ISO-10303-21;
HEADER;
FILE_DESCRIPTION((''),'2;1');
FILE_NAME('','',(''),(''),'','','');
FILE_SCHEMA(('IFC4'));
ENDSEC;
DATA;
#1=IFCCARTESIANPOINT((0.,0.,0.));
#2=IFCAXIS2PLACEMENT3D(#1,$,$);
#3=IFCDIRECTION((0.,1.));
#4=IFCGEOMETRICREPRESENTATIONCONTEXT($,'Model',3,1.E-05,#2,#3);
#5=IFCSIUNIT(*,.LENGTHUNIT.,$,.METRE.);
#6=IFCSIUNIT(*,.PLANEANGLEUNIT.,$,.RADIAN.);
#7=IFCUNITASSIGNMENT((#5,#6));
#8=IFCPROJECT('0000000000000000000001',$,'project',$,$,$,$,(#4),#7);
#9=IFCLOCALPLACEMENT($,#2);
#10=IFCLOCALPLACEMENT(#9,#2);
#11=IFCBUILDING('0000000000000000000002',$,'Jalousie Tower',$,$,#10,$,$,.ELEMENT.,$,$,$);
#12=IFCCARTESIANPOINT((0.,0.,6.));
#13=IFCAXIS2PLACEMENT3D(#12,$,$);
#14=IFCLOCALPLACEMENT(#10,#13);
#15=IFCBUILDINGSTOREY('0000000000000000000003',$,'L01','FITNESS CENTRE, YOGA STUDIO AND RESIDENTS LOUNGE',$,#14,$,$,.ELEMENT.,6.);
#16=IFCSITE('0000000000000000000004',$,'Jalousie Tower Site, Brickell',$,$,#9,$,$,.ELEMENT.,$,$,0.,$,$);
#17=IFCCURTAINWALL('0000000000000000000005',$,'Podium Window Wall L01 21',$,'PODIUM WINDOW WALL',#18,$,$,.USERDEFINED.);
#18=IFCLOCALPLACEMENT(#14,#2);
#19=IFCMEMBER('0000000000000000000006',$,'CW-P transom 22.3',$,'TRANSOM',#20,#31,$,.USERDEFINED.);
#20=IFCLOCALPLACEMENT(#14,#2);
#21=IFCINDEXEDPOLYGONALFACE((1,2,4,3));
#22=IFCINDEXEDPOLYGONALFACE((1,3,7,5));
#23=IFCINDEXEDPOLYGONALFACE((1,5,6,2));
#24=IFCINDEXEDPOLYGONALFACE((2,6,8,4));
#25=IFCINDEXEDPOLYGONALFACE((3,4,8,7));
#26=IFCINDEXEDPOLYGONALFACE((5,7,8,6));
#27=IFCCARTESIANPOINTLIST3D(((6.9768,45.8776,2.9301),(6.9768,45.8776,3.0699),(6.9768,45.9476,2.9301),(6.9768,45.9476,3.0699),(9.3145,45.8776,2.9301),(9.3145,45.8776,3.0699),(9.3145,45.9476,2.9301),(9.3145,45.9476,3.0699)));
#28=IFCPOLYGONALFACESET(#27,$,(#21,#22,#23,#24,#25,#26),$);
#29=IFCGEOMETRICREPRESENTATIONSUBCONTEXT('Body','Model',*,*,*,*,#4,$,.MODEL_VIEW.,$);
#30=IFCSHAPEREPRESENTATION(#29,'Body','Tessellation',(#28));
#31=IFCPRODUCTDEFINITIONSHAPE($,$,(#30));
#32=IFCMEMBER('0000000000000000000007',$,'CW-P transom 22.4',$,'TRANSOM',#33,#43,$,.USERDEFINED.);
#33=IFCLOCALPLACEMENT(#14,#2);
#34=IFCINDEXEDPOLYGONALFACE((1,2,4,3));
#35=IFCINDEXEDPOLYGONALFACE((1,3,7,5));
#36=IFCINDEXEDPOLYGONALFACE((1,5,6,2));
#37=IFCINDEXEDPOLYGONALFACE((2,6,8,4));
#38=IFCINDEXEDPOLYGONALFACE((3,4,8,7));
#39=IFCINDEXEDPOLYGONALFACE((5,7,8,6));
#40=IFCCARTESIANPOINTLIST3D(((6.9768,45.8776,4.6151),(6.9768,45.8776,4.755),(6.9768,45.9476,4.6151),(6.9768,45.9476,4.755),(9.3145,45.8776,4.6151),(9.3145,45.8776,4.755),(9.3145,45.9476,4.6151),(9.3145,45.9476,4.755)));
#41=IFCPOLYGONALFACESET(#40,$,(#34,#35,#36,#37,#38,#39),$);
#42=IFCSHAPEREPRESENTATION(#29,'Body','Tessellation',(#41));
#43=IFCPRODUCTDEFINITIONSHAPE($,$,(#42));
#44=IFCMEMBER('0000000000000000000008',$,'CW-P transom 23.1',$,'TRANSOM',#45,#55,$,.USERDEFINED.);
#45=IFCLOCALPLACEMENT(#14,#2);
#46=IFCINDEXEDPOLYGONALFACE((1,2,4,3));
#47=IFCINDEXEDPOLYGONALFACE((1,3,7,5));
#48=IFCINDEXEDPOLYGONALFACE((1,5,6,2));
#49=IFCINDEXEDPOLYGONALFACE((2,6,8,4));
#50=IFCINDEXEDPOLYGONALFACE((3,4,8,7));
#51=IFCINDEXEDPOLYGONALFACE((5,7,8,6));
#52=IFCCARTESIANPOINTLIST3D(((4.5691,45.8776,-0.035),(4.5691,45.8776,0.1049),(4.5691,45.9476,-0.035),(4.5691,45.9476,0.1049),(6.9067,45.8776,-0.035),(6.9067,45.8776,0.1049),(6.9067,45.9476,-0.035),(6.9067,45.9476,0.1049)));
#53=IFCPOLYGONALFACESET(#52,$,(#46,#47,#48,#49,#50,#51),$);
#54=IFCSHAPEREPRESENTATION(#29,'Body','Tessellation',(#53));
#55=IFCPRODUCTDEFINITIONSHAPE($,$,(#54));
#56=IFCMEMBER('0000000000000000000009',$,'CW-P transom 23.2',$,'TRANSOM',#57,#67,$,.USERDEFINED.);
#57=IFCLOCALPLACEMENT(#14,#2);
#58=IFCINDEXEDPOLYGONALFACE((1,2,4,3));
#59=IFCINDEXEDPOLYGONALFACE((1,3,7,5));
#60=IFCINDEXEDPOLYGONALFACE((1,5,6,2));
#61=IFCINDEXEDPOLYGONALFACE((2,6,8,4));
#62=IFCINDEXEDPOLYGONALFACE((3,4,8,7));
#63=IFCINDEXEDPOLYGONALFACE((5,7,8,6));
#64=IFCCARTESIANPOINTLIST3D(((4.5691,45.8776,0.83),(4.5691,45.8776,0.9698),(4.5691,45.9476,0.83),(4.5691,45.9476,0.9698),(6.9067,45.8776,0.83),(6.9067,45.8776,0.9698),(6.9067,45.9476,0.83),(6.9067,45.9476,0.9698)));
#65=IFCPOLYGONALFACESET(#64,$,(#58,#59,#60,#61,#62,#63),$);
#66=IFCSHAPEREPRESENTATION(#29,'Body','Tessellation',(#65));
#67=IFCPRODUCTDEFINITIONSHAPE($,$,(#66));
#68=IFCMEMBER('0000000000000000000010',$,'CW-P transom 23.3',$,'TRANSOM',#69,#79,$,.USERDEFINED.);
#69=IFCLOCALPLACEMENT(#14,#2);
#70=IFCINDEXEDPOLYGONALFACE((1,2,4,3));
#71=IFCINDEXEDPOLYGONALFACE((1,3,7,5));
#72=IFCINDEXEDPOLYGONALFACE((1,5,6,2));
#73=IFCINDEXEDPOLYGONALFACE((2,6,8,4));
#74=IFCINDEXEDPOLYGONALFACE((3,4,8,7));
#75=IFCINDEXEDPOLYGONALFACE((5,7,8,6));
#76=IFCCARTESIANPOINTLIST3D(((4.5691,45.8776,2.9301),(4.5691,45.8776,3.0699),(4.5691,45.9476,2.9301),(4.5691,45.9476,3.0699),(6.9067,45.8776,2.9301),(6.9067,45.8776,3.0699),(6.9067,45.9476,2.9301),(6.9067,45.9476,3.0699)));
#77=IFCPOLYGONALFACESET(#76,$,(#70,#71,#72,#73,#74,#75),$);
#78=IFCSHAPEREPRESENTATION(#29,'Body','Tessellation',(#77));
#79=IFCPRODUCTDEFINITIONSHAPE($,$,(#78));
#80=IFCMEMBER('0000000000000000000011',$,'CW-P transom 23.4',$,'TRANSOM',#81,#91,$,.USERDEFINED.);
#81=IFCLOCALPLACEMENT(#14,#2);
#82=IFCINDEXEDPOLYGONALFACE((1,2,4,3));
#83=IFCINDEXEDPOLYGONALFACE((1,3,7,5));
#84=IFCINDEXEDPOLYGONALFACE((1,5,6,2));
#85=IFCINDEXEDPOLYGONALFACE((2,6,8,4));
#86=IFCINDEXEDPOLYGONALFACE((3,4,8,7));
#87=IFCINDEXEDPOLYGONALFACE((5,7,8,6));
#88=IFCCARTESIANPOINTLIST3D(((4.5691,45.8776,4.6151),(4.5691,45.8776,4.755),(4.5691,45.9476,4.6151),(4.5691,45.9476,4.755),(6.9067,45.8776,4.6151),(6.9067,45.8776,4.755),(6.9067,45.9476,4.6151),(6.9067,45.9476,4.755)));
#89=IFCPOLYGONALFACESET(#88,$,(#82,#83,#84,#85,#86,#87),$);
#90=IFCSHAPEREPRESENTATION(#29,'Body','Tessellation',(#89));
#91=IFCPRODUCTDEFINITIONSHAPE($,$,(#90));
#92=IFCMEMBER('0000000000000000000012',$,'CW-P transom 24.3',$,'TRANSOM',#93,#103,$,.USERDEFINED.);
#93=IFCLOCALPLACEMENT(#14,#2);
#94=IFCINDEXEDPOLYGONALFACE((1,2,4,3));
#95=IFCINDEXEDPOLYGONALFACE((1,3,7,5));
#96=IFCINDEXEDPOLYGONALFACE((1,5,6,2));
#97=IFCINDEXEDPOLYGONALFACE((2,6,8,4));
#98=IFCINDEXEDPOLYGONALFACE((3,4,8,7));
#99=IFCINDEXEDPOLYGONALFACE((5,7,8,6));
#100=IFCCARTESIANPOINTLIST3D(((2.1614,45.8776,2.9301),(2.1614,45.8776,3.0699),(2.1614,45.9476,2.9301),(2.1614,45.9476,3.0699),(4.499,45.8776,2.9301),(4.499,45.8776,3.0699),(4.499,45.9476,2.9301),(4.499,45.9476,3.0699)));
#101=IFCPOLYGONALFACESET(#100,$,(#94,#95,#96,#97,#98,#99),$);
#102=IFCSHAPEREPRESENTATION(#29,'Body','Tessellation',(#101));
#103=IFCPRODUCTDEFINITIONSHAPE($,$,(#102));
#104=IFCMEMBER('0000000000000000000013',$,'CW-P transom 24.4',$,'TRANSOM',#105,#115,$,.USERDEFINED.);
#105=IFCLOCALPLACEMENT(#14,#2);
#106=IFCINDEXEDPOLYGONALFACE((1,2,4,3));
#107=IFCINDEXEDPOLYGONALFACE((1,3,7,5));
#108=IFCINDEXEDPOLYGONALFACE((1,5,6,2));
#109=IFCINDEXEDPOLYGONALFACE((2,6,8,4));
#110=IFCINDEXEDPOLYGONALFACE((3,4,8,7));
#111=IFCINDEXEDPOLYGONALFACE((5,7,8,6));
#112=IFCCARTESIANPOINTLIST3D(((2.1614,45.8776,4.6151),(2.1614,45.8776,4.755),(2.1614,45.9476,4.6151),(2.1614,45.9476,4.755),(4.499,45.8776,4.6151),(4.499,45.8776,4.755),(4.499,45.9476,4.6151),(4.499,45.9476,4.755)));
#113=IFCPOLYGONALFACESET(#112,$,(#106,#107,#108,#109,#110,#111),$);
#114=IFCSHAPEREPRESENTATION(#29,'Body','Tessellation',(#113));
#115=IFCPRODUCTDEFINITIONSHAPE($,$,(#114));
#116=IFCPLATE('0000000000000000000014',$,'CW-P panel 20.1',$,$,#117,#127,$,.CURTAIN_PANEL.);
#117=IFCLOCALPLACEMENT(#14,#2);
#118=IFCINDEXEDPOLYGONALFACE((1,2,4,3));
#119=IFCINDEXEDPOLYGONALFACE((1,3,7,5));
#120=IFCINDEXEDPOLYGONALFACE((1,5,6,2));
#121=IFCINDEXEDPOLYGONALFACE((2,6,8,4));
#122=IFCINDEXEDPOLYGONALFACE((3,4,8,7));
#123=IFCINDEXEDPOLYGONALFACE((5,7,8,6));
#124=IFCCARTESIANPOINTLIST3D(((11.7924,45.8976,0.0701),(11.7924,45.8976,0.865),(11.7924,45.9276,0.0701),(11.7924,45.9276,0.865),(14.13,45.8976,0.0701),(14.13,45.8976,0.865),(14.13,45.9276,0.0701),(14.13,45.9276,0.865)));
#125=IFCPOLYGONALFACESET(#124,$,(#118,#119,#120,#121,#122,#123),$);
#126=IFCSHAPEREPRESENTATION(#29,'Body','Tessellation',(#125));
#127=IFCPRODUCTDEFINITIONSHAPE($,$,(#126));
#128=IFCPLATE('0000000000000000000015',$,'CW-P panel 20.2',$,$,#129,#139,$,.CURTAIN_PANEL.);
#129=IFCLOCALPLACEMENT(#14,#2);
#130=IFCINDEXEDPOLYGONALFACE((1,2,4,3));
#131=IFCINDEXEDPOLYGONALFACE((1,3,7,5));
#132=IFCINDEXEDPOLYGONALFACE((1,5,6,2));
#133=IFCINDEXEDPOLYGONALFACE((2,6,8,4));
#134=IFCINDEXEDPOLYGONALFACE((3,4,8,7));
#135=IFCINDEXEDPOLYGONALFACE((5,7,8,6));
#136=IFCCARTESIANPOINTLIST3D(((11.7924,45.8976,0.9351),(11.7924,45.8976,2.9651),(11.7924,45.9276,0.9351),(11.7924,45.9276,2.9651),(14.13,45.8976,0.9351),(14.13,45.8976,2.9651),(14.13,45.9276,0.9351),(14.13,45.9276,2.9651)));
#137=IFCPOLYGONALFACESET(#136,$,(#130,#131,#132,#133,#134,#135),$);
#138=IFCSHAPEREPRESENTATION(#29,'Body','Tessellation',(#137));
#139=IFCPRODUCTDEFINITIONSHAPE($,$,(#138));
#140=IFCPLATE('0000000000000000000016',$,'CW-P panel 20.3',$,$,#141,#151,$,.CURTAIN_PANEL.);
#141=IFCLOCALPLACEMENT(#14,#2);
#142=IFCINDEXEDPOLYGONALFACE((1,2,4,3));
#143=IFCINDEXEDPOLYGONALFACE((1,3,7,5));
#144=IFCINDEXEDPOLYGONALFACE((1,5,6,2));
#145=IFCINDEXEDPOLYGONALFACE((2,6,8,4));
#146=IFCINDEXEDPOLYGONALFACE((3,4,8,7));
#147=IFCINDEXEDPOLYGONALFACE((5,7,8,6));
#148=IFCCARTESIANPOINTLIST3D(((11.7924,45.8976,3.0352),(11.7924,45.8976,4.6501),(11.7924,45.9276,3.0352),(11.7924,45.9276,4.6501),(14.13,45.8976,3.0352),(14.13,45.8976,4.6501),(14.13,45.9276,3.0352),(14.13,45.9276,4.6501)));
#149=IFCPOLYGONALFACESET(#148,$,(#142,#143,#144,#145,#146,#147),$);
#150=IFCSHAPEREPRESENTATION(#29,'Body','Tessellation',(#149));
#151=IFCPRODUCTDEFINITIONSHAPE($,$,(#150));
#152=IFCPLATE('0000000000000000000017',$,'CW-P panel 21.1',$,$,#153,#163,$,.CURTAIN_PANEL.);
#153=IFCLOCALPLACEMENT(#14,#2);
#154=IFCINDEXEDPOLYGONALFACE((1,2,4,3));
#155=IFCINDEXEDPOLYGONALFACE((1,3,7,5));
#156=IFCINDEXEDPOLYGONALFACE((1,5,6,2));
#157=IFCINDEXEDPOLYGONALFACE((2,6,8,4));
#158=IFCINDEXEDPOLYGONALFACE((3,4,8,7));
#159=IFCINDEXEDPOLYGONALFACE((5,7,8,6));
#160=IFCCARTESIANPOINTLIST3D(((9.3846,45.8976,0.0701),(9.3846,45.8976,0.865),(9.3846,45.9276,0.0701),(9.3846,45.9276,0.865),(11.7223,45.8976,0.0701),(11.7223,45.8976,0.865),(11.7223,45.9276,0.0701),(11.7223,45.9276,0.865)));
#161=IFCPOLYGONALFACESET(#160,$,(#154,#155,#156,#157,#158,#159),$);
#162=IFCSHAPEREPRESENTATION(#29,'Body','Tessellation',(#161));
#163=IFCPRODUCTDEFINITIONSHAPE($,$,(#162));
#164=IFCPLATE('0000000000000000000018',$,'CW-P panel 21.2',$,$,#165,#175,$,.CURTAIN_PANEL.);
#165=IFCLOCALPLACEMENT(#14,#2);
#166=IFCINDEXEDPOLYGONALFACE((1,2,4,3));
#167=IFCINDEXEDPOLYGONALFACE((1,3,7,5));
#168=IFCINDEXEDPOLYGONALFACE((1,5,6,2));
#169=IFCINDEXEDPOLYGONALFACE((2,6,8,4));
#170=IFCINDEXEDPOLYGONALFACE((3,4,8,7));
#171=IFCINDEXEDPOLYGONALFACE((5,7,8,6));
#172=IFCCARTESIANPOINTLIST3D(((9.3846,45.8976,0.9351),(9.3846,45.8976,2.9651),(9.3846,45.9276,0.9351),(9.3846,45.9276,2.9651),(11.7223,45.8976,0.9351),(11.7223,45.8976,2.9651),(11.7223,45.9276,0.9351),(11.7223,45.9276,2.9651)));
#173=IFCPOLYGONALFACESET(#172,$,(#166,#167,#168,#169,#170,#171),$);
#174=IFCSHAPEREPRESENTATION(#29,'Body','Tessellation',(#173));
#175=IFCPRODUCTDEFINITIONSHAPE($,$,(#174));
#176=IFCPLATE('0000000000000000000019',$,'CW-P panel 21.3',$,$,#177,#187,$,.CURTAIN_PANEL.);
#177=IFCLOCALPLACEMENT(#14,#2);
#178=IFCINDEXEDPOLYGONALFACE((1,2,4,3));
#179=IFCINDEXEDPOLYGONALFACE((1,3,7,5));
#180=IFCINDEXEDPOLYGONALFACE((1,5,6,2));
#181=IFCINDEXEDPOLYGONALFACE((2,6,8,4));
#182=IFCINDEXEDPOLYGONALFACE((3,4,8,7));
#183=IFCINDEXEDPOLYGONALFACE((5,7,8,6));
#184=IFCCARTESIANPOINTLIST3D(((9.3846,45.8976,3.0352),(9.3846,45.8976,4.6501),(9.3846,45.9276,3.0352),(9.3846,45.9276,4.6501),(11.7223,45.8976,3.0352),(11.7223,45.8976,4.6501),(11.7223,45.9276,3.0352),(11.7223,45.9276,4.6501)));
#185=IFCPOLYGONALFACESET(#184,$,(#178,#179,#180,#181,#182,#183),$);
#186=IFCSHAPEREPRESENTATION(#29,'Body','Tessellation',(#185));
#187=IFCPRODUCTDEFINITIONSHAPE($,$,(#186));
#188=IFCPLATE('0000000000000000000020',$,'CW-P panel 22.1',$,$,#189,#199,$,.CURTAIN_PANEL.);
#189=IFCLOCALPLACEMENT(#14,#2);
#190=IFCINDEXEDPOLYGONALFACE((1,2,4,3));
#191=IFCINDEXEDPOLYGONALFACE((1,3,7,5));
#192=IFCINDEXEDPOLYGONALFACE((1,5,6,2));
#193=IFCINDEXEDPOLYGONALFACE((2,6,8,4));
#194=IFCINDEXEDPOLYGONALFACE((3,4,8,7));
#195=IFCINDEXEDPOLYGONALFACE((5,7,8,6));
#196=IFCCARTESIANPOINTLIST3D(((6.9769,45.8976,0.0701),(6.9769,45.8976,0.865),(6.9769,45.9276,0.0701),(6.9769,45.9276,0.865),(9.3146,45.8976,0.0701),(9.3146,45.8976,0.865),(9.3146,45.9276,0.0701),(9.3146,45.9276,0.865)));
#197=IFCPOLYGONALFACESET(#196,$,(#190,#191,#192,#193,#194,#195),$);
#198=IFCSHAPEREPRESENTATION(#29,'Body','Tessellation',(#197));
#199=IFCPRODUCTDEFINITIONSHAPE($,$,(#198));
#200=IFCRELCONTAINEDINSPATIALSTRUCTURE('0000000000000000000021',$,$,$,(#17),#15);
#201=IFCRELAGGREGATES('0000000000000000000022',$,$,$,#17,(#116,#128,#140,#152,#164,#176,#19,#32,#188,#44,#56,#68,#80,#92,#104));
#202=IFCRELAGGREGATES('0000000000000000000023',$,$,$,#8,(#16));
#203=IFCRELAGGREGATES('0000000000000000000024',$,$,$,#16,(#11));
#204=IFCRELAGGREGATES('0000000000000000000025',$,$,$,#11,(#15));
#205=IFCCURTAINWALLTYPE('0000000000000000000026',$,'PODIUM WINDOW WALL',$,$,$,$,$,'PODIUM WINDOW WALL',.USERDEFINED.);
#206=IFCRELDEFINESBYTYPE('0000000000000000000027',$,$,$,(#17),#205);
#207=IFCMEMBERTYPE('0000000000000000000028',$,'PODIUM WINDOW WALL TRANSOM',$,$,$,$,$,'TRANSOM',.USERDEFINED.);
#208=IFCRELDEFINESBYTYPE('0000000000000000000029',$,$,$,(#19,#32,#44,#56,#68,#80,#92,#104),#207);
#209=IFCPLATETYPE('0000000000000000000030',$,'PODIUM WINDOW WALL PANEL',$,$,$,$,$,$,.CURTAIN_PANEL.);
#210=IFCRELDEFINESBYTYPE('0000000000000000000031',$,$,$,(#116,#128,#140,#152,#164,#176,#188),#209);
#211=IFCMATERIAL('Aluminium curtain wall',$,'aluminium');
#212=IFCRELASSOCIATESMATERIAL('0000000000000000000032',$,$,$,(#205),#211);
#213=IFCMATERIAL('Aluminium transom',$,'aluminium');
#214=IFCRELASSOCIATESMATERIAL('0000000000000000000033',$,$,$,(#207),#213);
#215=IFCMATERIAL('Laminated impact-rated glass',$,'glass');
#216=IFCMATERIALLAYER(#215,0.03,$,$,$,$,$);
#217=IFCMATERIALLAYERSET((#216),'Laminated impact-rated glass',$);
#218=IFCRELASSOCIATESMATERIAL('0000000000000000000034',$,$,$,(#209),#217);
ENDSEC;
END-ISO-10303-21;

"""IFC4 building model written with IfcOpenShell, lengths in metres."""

from ifc_helpers import new_model, si_unit, direction, frame, origin, origin_2d, place, context, subcontext, project, spatial, rectangle, extrude, material, layer, layer_set, material_profile, profile_set, type_object, element, aggregate, save


model = new_model("IFC4")

# Units and contexts
model_context = context("Model", 3, precision=1e-05, world=origin(), true_north=direction((0.0, 1.0)))
body_context = subcontext(model_context, "Body", "Model", "MODEL_VIEW")
ifc_project = project(units=[si_unit("LENGTHUNIT", "METRE"), si_unit("PLANEANGLEUNIT", "RADIAN")], contexts=[model_context])

# Site, building, storey
site_placement = place(None, origin())
site = spatial("IfcSite", under=ifc_project, at=site_placement, Name="Jalousie Tower Site, Brickell", CompositionType="ELEMENT", RefElevation=0.0)
building_placement = place(site_placement, origin())
building = spatial("IfcBuilding", under=site, at=building_placement, Name="Jalousie Tower", CompositionType="ELEMENT")
storey_placement = place(building_placement, frame((0.0, 0.0, 6.0)))
storey = spatial("IfcBuildingStorey", under=building, at=storey_placement, Name="L01", Description="FITNESS CENTRE, YOGA STUDIO AND RESIDENTS LOUNGE", CompositionType="ELEMENT", Elevation=6.0)

# Curtain wall, members, plates
ifc_material_1 = material(Name="Aluminium curtain wall", Category="aluminium")
curtain_wall_type = type_object("IfcCurtainWallType", Name="PODIUM WINDOW WALL", ElementType="PODIUM WINDOW WALL", PredefinedType="USERDEFINED", material=ifc_material_1)
curtain_wall_placement = place(storey_placement, origin())
curtain_wall = element("IfcCurtainWall", 1, at=curtain_wall_placement, inside=storey, type_object=curtain_wall_type, Name="Podium Window Wall L01 21", ObjectType="PODIUM WINDOW WALL", PredefinedType="USERDEFINED")
ifc_material_2 = material(Name="Aluminium transom", Category="aluminium")
ifc_material_profile_1 = material_profile(ifc_material_2, rectangle(XDim=0.0701, YDim=0.1399, at=origin_2d()), Name="TRANSOM 70x140")
ifc_profile_set_1 = profile_set([ifc_material_profile_1], Name="Aluminium transom")
member_type_1 = type_object("IfcMemberType", Name="PODIUM WINDOW WALL TRANSOM", ElementType="TRANSOM", PredefinedType="USERDEFINED", material=ifc_profile_set_1)
member_1_placement = place(storey_placement, frame((9.3145, 45.9126, 3.0), z_axis=(-1.0, 0.0, 0.0), x_axis=(0.0, -1.0, 0.0)))
member_1 = element("IfcMember", 2, at=member_1_placement, type_object=member_type_1, Name="CW-P transom 22.3", ObjectType="TRANSOM", PredefinedType="USERDEFINED", context=body_context, shape_type="SweptSolid", body=[
    extrude(rectangle(XDim=0.0701, YDim=0.1399, at=origin_2d()), origin(), (0.0, 0.0, 1.0), 2.3376),
])
member_2_placement = place(storey_placement, frame((9.3145, 45.9126, 4.6851), z_axis=(-1.0, 0.0, 0.0), x_axis=(0.0, -1.0, 0.0)))
member_2 = element("IfcMember", 3, at=member_2_placement, type_object=member_type_1, Name="CW-P transom 22.4", ObjectType="TRANSOM", PredefinedType="USERDEFINED", context=body_context, shape_type="SweptSolid", body=[
    extrude(rectangle(XDim=0.0701, YDim=0.1399, at=origin_2d()), origin(), (0.0, 0.0, 1.0), 2.3376),
])
member_3_placement = place(storey_placement, frame((6.9067, 45.9126, 0.0349), z_axis=(-1.0, 0.0, 0.0), x_axis=(0.0, -1.0, 0.0)))
member_3 = element("IfcMember", 4, at=member_3_placement, type_object=member_type_1, Name="CW-P transom 23.1", ObjectType="TRANSOM", PredefinedType="USERDEFINED", context=body_context, shape_type="SweptSolid", body=[
    extrude(rectangle(XDim=0.0701, YDim=0.1399, at=origin_2d()), origin(), (0.0, 0.0, 1.0), 2.3376),
])
member_4_placement = place(storey_placement, frame((6.9067, 45.9126, 0.8999), z_axis=(-1.0, 0.0, 0.0), x_axis=(0.0, -1.0, 0.0)))
member_4 = element("IfcMember", 5, at=member_4_placement, type_object=member_type_1, Name="CW-P transom 23.2", ObjectType="TRANSOM", PredefinedType="USERDEFINED", context=body_context, shape_type="SweptSolid", body=[
    extrude(rectangle(XDim=0.0701, YDim=0.1399, at=origin_2d()), origin(), (0.0, 0.0, 1.0), 2.3376),
])
member_5_placement = place(storey_placement, frame((6.9067, 45.9126, 3.0), z_axis=(-1.0, 0.0, 0.0), x_axis=(0.0, -1.0, 0.0)))
member_5 = element("IfcMember", 6, at=member_5_placement, type_object=member_type_1, Name="CW-P transom 23.3", ObjectType="TRANSOM", PredefinedType="USERDEFINED", context=body_context, shape_type="SweptSolid", body=[
    extrude(rectangle(XDim=0.0701, YDim=0.1399, at=origin_2d()), origin(), (0.0, 0.0, 1.0), 2.3376),
])
member_6_placement = place(storey_placement, frame((6.9067, 45.9126, 4.6851), z_axis=(-1.0, 0.0, 0.0), x_axis=(0.0, -1.0, 0.0)))
member_6 = element("IfcMember", 7, at=member_6_placement, type_object=member_type_1, Name="CW-P transom 23.4", ObjectType="TRANSOM", PredefinedType="USERDEFINED", context=body_context, shape_type="SweptSolid", body=[
    extrude(rectangle(XDim=0.0701, YDim=0.1399, at=origin_2d()), origin(), (0.0, 0.0, 1.0), 2.3376),
])
member_7_placement = place(storey_placement, frame((4.499, 45.9126, 3.0), z_axis=(-1.0, 0.0, 0.0), x_axis=(0.0, -1.0, 0.0)))
member_7 = element("IfcMember", 8, at=member_7_placement, type_object=member_type_1, Name="CW-P transom 24.3", ObjectType="TRANSOM", PredefinedType="USERDEFINED", context=body_context, shape_type="SweptSolid", body=[
    extrude(rectangle(XDim=0.0701, YDim=0.1399, at=origin_2d()), origin(), (0.0, 0.0, 1.0), 2.3376),
])
member_8_placement = place(storey_placement, frame((4.499, 45.9126, 4.6851), z_axis=(-1.0, 0.0, 0.0), x_axis=(0.0, -1.0, 0.0)))
member_8 = element("IfcMember", 9, at=member_8_placement, type_object=member_type_1, Name="CW-P transom 24.4", ObjectType="TRANSOM", PredefinedType="USERDEFINED", context=body_context, shape_type="SweptSolid", body=[
    extrude(rectangle(XDim=0.0701, YDim=0.1399, at=origin_2d()), origin(), (0.0, 0.0, 1.0), 2.3376),
])
ifc_material_3 = material(Name="Laminated impact-rated glass", Category="glass")
ifc_layer = layer(ifc_material_3, 0.03)
ifc_layer_set = layer_set([ifc_layer], Name="Laminated impact-rated glass")
plate_type = type_object("IfcPlateType", Name="PODIUM WINDOW WALL PANEL", PredefinedType="CURTAIN_PANEL", material=ifc_layer_set)
plate_1_placement = place(storey_placement, frame((12.9612, 45.9126, 0.0701), z_axis=(0.0, 0.0, 1.0), x_axis=(-1.0, 0.0, 0.0)))
plate_1 = element("IfcPlate", 10, at=plate_1_placement, type_object=plate_type, Name="CW-P panel 20.1", PredefinedType="CURTAIN_PANEL", context=body_context, shape_type="SweptSolid", body=[
    extrude(rectangle(XDim=2.3376, YDim=0.03, at=origin_2d()), origin(), (0.0, 0.0, 1.0), 0.7949),
])
plate_2_placement = place(storey_placement, frame((12.9612, 45.9126, 0.9351), z_axis=(0.0, 0.0, 1.0), x_axis=(-1.0, 0.0, 0.0)))
plate_2 = element("IfcPlate", 11, at=plate_2_placement, type_object=plate_type, Name="CW-P panel 20.2", PredefinedType="CURTAIN_PANEL", context=body_context, shape_type="SweptSolid", body=[
    extrude(rectangle(XDim=2.3376, YDim=0.03, at=origin_2d()), origin(), (0.0, 0.0, 1.0), 2.03),
])
plate_3_placement = place(storey_placement, frame((12.9612, 45.9126, 3.0352), z_axis=(0.0, 0.0, 1.0), x_axis=(-1.0, 0.0, 0.0)))
plate_3 = element("IfcPlate", 12, at=plate_3_placement, type_object=plate_type, Name="CW-P panel 20.3", PredefinedType="CURTAIN_PANEL", context=body_context, shape_type="SweptSolid", body=[
    extrude(rectangle(XDim=2.3376, YDim=0.03, at=origin_2d()), origin(), (0.0, 0.0, 1.0), 1.615),
])
plate_4_placement = place(storey_placement, frame((10.5535, 45.9126, 0.0701), z_axis=(0.0, 0.0, 1.0), x_axis=(-1.0, 0.0, 0.0)))
plate_4 = element("IfcPlate", 13, at=plate_4_placement, type_object=plate_type, Name="CW-P panel 21.1", PredefinedType="CURTAIN_PANEL", context=body_context, shape_type="SweptSolid", body=[
    extrude(rectangle(XDim=2.3376, YDim=0.03, at=origin_2d()), origin(), (0.0, 0.0, 1.0), 0.7949),
])
plate_5_placement = place(storey_placement, frame((10.5535, 45.9126, 0.9351), z_axis=(0.0, 0.0, 1.0), x_axis=(-1.0, 0.0, 0.0)))
plate_5 = element("IfcPlate", 14, at=plate_5_placement, type_object=plate_type, Name="CW-P panel 21.2", PredefinedType="CURTAIN_PANEL", context=body_context, shape_type="SweptSolid", body=[
    extrude(rectangle(XDim=2.3376, YDim=0.03, at=origin_2d()), origin(), (0.0, 0.0, 1.0), 2.03),
])
plate_6_placement = place(storey_placement, frame((10.5535, 45.9126, 3.0352), z_axis=(0.0, 0.0, 1.0), x_axis=(-1.0, 0.0, 0.0)))
plate_6 = element("IfcPlate", 15, at=plate_6_placement, type_object=plate_type, Name="CW-P panel 21.3", PredefinedType="CURTAIN_PANEL", context=body_context, shape_type="SweptSolid", body=[
    extrude(rectangle(XDim=2.3376, YDim=0.03, at=origin_2d()), origin(), (0.0, 0.0, 1.0), 1.615),
])
plate_7_placement = place(storey_placement, frame((8.1458, 45.9126, 0.0701), z_axis=(0.0, 0.0, 1.0), x_axis=(-1.0, 0.0, 0.0)))
plate_7 = element("IfcPlate", 16, at=plate_7_placement, type_object=plate_type, Name="CW-P panel 22.1", PredefinedType="CURTAIN_PANEL", context=body_context, shape_type="SweptSolid", body=[
    extrude(rectangle(XDim=2.3376, YDim=0.03, at=origin_2d()), origin(), (0.0, 0.0, 1.0), 0.7949),
])
aggregate(curtain_wall, [plate_1, plate_2, plate_3, plate_4, plate_5, plate_6, member_1, member_2, plate_7, member_3, member_4, member_5, member_6, member_7, member_8])

save(model, "model.ifc")
